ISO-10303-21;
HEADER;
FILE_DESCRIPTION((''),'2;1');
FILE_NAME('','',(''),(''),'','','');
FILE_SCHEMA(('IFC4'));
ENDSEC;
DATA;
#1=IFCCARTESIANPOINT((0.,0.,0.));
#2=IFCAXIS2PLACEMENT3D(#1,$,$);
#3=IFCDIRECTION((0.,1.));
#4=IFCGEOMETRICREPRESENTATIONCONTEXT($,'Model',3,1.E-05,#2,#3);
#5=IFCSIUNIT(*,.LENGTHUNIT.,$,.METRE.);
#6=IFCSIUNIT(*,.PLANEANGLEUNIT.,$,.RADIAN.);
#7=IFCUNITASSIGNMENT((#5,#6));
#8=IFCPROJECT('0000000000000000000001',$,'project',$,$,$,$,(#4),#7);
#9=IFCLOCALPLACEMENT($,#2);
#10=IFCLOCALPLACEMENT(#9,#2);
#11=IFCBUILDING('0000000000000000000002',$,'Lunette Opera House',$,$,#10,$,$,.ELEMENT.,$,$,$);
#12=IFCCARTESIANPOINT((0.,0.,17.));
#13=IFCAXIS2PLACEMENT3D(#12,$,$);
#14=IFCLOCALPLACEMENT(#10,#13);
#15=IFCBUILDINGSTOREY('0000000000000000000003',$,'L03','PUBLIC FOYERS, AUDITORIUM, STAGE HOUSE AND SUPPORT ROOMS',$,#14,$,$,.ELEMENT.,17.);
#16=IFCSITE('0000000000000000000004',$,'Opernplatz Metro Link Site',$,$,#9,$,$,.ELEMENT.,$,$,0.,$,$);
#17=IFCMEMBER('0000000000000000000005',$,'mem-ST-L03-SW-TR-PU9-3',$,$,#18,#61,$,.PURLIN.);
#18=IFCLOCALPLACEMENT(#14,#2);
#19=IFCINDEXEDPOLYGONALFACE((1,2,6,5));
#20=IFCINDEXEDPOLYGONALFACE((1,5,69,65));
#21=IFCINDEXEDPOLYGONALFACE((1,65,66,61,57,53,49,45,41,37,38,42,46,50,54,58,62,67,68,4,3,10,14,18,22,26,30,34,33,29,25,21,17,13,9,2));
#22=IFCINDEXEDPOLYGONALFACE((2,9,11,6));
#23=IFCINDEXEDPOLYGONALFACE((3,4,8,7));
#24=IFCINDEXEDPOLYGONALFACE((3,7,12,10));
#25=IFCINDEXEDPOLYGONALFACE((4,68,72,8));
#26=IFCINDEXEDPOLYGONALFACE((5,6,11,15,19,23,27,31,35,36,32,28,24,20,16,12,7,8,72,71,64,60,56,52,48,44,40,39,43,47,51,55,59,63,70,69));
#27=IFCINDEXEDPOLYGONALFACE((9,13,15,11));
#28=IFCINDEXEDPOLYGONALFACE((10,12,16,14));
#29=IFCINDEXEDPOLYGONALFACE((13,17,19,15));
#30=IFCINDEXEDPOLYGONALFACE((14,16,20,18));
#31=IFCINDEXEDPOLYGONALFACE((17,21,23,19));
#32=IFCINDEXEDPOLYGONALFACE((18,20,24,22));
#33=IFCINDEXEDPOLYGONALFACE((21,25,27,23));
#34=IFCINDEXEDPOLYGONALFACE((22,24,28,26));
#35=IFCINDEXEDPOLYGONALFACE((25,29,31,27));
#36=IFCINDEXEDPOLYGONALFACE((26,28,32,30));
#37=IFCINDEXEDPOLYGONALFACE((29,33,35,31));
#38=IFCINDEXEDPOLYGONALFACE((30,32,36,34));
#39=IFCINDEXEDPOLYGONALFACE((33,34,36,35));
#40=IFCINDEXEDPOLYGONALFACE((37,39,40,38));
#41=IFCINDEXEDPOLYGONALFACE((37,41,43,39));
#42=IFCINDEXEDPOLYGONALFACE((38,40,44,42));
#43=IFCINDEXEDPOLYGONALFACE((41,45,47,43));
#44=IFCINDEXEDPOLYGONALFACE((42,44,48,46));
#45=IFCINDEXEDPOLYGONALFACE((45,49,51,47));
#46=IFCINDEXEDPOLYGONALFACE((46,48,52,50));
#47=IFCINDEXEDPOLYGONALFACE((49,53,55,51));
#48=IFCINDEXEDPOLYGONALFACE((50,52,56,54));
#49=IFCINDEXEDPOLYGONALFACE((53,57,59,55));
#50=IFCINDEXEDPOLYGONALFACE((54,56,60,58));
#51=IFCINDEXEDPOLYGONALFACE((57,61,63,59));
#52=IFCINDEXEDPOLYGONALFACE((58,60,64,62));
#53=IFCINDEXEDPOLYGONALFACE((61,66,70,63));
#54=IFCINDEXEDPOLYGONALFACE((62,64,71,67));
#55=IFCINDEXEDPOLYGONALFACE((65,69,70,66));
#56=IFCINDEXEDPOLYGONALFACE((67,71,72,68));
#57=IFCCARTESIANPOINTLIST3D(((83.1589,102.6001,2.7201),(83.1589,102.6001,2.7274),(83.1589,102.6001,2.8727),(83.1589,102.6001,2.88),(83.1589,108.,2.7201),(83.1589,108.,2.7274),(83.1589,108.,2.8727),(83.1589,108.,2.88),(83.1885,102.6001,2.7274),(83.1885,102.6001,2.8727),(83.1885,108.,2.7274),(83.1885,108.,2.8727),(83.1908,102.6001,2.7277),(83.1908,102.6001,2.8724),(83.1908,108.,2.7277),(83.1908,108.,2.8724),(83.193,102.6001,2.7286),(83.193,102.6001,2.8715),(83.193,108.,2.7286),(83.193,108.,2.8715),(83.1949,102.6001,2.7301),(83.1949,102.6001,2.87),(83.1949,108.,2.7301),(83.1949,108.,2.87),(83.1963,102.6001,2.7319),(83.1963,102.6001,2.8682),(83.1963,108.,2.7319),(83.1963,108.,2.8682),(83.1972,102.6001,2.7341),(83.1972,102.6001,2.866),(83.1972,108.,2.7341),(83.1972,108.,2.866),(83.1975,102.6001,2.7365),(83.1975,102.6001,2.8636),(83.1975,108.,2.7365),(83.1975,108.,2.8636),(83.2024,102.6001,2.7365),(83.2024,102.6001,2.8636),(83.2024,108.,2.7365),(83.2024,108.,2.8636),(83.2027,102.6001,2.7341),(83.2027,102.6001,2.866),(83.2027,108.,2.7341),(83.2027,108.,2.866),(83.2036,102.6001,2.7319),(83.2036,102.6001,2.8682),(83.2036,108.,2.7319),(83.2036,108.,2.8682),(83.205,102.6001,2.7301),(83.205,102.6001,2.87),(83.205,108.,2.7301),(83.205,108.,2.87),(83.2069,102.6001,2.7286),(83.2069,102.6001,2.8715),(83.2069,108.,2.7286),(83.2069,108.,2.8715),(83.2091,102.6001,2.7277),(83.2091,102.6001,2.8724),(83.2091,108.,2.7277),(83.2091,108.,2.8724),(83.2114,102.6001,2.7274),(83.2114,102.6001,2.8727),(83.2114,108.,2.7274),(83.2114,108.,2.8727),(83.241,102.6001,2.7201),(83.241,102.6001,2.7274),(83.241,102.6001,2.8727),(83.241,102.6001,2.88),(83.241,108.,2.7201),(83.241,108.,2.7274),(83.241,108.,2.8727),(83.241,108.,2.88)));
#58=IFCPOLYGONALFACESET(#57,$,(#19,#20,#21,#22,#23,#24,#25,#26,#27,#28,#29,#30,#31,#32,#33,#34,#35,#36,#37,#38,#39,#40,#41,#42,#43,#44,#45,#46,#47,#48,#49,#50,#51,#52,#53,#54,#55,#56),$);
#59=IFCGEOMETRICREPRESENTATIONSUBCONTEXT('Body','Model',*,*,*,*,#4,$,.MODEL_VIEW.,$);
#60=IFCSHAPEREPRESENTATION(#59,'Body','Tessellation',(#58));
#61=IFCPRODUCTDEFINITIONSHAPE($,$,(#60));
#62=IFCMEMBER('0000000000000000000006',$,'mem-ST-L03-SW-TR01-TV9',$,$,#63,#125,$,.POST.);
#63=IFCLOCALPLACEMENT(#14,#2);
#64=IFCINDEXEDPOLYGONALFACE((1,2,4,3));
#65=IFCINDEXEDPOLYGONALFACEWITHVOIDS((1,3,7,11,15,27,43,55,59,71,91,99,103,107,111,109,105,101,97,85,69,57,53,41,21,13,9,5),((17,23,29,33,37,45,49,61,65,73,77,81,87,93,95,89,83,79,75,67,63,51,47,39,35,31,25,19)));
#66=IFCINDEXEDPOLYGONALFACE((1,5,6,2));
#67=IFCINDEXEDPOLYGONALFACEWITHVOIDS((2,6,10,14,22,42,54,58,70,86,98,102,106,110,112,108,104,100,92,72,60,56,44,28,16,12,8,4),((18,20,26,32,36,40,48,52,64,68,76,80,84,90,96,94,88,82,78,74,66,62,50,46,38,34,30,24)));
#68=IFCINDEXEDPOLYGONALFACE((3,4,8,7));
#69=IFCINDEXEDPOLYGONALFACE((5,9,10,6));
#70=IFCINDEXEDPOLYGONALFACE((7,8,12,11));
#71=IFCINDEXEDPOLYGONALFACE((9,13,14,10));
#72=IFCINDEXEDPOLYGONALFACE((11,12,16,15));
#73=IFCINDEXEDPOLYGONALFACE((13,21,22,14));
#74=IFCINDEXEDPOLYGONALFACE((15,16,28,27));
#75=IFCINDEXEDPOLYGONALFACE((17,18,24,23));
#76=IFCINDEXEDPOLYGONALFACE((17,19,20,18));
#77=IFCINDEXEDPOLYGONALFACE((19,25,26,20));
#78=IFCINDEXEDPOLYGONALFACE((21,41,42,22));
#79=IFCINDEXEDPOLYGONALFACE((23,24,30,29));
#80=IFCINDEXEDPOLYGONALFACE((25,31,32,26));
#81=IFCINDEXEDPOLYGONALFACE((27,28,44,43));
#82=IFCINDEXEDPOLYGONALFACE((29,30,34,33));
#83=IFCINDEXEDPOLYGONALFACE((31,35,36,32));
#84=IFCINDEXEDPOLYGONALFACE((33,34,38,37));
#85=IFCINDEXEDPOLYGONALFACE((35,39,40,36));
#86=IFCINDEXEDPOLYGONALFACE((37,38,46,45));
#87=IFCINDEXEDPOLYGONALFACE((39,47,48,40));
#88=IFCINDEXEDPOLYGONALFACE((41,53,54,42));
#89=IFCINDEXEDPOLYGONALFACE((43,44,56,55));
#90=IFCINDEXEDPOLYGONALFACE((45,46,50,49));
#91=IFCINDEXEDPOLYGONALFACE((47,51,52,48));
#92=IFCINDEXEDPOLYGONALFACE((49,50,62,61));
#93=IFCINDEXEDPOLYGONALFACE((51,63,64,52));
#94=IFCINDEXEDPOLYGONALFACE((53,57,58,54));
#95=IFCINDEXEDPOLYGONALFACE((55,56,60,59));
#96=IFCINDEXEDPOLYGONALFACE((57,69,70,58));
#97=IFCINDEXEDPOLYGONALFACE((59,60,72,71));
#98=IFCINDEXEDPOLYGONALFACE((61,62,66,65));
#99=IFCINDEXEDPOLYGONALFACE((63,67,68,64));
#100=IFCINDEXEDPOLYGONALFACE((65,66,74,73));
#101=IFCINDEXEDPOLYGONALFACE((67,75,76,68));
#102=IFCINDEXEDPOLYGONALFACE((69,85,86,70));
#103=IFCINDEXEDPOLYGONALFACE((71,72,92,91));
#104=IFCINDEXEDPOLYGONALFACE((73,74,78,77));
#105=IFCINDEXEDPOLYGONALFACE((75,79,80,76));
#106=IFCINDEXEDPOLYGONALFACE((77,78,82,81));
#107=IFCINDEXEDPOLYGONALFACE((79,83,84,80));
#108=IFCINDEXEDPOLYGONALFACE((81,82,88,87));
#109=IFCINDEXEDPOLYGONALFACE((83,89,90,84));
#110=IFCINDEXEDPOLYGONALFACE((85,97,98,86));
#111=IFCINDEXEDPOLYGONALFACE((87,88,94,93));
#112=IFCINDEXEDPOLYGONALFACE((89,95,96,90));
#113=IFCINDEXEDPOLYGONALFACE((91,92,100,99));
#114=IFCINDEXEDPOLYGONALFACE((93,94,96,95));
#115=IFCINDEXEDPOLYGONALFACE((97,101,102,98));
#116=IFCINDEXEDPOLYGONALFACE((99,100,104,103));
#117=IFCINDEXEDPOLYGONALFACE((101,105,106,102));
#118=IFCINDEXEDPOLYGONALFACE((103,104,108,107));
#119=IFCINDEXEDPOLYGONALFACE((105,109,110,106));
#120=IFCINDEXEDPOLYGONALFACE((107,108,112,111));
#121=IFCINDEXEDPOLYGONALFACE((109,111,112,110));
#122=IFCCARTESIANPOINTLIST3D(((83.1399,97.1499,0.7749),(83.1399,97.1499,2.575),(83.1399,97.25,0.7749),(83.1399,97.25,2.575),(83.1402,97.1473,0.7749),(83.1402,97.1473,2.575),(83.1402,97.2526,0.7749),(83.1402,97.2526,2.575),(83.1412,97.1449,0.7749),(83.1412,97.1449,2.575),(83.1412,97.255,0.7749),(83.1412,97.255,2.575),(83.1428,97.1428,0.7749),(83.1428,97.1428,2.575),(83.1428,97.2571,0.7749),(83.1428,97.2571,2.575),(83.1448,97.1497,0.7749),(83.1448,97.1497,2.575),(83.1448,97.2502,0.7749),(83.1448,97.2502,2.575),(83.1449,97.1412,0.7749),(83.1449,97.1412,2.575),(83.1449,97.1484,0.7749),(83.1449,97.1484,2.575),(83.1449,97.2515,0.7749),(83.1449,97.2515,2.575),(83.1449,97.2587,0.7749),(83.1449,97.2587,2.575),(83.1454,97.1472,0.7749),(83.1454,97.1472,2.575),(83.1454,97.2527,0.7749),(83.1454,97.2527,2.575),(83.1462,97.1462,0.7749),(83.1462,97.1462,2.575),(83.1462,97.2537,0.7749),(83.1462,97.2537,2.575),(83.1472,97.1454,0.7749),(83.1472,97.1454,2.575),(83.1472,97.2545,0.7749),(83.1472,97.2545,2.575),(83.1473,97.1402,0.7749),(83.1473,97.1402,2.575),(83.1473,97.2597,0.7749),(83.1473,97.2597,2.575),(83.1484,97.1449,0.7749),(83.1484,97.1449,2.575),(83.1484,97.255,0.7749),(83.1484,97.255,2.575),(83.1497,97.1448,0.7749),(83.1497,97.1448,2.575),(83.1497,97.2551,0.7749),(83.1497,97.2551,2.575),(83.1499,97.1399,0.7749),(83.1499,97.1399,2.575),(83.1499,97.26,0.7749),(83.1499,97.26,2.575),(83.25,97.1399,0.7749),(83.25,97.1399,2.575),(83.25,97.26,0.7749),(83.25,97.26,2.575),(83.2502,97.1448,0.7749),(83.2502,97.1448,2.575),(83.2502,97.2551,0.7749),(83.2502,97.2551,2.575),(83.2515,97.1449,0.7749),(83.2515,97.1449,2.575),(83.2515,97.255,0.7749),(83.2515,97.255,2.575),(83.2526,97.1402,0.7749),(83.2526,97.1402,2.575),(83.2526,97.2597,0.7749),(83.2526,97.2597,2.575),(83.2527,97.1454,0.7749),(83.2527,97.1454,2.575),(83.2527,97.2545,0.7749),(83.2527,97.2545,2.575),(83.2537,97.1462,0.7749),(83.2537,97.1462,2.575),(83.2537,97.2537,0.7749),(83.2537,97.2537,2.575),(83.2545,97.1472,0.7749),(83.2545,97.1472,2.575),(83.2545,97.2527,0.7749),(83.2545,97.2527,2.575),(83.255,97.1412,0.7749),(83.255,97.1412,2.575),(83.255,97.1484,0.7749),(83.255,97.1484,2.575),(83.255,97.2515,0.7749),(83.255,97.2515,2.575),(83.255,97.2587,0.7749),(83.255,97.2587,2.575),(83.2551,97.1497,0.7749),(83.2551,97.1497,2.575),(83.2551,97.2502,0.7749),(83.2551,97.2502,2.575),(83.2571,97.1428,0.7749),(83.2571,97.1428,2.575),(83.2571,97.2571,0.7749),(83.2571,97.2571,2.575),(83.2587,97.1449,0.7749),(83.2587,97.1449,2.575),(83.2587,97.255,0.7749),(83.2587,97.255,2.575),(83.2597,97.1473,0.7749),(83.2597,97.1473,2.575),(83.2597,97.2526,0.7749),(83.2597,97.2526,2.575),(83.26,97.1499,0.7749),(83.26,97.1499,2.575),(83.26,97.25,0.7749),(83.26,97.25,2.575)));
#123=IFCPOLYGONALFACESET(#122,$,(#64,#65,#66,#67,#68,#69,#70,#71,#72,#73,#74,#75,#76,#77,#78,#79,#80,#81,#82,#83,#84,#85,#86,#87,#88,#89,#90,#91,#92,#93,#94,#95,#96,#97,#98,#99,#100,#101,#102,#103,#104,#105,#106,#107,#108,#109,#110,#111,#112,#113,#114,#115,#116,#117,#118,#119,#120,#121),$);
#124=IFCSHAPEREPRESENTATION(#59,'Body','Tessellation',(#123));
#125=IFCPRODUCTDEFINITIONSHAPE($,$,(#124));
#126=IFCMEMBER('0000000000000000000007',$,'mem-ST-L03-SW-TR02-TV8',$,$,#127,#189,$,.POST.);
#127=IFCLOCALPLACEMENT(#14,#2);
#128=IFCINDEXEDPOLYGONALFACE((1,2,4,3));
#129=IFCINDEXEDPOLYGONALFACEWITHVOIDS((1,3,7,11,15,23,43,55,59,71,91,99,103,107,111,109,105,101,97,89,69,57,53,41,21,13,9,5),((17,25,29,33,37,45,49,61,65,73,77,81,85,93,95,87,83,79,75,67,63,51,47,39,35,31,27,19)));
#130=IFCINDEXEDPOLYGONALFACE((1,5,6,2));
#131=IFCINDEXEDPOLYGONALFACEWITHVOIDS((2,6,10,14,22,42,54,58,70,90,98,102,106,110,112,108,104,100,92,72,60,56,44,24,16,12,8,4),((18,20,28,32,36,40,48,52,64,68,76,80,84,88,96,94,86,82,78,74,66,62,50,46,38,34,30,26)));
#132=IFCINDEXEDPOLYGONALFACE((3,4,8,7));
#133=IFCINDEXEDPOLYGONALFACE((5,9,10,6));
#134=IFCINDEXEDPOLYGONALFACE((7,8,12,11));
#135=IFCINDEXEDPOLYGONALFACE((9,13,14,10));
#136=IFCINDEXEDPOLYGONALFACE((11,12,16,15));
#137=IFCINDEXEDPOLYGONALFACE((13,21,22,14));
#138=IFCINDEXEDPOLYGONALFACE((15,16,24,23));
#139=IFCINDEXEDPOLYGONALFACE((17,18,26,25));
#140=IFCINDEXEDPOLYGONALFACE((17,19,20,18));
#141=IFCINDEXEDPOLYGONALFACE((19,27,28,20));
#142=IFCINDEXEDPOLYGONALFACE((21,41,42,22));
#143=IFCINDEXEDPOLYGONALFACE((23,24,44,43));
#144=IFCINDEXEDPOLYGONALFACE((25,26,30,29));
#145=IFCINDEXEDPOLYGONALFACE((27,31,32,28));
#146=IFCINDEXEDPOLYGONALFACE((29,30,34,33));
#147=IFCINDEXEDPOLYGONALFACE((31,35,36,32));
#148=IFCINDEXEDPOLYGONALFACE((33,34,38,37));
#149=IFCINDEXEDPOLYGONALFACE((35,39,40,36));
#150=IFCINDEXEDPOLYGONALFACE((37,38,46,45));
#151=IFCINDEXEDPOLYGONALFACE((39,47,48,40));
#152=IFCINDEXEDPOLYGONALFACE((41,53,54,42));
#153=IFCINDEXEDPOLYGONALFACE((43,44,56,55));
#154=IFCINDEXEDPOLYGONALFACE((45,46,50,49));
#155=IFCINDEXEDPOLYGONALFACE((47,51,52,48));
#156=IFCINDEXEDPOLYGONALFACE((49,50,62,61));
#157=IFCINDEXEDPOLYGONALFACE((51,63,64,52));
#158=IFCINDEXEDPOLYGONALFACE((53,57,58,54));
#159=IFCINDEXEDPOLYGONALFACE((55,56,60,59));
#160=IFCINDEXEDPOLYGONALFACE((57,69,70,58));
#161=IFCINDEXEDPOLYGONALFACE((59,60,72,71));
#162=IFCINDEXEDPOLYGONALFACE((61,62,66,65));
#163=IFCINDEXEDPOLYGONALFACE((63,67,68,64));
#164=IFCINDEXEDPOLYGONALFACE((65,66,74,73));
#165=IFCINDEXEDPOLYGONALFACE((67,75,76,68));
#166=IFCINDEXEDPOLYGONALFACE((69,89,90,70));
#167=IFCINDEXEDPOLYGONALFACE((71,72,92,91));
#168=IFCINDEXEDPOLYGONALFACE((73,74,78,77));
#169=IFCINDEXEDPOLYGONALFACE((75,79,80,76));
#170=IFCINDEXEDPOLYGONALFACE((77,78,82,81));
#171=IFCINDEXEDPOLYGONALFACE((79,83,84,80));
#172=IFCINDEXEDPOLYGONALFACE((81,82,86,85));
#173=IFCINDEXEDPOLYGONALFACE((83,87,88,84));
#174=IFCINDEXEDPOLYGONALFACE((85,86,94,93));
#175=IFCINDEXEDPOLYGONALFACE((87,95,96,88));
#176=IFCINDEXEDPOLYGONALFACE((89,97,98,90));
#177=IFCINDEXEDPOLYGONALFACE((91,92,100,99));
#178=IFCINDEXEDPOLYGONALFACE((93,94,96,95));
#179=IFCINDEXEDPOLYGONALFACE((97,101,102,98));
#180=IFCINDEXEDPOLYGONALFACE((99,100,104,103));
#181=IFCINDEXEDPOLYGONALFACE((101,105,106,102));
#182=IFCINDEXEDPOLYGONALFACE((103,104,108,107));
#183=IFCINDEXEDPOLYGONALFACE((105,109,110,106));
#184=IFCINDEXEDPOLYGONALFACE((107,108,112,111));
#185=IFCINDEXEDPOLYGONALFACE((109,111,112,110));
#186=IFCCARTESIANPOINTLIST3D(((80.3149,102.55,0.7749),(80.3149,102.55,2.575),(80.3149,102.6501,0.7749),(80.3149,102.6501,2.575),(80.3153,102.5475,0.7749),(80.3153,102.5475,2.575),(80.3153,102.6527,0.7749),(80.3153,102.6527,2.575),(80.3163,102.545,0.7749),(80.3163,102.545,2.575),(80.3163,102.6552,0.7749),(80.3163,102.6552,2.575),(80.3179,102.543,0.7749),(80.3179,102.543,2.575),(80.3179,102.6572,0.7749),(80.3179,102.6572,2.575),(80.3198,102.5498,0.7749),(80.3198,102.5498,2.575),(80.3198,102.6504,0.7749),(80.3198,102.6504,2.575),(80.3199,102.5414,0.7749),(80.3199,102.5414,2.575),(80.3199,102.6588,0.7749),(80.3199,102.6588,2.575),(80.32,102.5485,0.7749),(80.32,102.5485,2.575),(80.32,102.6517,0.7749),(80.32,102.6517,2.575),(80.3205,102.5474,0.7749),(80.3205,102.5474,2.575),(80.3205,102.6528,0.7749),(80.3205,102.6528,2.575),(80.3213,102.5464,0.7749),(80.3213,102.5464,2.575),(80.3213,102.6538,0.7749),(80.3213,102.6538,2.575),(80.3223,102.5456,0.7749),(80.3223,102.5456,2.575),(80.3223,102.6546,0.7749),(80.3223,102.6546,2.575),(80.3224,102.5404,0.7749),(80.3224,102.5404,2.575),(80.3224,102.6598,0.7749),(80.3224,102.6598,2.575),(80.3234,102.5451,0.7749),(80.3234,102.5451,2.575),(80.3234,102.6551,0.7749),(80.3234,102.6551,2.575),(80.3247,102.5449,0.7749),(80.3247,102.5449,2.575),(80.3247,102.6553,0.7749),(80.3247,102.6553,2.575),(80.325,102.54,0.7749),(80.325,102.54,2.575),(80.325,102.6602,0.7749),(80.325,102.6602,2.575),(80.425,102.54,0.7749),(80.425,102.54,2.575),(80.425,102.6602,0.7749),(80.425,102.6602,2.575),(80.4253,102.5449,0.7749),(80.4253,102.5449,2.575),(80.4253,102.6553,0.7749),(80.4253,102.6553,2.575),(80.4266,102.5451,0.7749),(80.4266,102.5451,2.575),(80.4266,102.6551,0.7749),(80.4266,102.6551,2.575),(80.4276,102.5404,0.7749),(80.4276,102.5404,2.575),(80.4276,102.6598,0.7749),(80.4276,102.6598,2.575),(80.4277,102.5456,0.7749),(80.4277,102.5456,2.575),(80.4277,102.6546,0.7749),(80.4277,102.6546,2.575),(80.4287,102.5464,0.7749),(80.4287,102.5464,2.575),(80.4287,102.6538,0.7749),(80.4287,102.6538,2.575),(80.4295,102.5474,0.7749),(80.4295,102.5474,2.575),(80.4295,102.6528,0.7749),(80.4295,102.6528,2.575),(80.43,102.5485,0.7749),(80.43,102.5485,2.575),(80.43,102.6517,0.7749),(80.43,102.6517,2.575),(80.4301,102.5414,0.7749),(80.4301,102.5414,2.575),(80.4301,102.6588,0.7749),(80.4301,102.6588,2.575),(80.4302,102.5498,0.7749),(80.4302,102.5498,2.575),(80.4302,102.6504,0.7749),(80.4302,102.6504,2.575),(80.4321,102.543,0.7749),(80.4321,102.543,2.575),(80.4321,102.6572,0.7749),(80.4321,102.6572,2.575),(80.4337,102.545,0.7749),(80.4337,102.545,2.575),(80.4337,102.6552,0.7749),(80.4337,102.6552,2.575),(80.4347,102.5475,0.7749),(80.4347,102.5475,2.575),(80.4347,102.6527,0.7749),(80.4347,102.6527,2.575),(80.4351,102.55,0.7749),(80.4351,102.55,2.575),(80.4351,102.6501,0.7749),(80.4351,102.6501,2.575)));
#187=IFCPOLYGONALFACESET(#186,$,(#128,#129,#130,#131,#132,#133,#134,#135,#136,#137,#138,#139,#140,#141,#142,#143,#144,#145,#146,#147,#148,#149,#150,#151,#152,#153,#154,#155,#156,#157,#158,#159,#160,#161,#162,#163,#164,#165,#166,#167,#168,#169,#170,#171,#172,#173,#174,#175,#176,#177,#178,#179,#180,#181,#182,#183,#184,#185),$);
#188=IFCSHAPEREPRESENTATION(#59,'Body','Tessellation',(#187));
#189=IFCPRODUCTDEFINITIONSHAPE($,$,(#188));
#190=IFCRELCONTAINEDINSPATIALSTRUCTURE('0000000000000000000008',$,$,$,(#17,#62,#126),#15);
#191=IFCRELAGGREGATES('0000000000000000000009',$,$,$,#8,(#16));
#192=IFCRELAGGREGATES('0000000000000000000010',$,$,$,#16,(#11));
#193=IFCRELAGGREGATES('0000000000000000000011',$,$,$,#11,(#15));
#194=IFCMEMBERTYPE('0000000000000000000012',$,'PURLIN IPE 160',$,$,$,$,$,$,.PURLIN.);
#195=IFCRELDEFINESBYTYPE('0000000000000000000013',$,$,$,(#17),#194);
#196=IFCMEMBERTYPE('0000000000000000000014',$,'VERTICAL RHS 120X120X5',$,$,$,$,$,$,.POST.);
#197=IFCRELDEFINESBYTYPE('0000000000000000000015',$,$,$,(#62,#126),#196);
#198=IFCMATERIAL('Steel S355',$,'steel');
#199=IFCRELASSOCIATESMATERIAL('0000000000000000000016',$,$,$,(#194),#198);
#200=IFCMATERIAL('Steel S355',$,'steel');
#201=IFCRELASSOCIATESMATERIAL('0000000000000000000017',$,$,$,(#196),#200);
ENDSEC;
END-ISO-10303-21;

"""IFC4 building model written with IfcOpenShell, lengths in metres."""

from ifc_helpers import new_model, si_unit, direction, frame, origin, origin_2d, place, context, subcontext, project, spatial, hollow_rectangle, i_section, extrude, material, material_profile, profile_set, type_object, element, save


model = new_model("IFC4")

# Units and contexts
model_context = context("Model", 3, precision=1e-05, world=origin(), true_north=direction((0.0, 1.0)))
body_context = subcontext(model_context, "Body", "Model", "MODEL_VIEW")
ifc_project = project(units=[si_unit("LENGTHUNIT", "METRE"), si_unit("PLANEANGLEUNIT", "RADIAN")], contexts=[model_context])

# Site, building, storey
site_placement = place(None, origin())
site = spatial("IfcSite", under=ifc_project, at=site_placement, Name="Opernplatz Metro Link Site", CompositionType="ELEMENT", RefElevation=0.0)
building_placement = place(site_placement, origin())
building = spatial("IfcBuilding", under=site, at=building_placement, Name="Lunette Opera House", CompositionType="ELEMENT")
storey_placement = place(building_placement, frame((0.0, 0.0, 17.0)))
storey = spatial("IfcBuildingStorey", under=building, at=storey_placement, Name="L03", Description="PUBLIC FOYERS, AUDITORIUM, STAGE HOUSE AND SUPPORT ROOMS", CompositionType="ELEMENT", Elevation=17.0)

# Members
ifc_material_1 = material(Name="Steel S355", Category="steel")
ifc_material_profile_1 = material_profile(ifc_material_1, i_section(OverallWidth=0.082, OverallDepth=0.1599, WebThickness=0.0049, FlangeThickness=0.0073, FilletRadius=0.009, at=origin_2d()), Name="IPE 160")
ifc_profile_set_1 = profile_set([ifc_material_profile_1], Name="Steel S355")
member_type_1 = type_object("IfcMemberType", Name="PURLIN IPE 160", PredefinedType="PURLIN", material=ifc_profile_set_1)
member_1_placement = place(storey_placement, frame((83.2, 102.6001, 2.8), z_axis=(0.0, 1.0, 0.0), x_axis=(-1.0, 0.0, 0.0)))
element("IfcMember", 1, at=member_1_placement, inside=storey, type_object=member_type_1, Name="mem-ST-L03-SW-TR-PU9-3", PredefinedType="PURLIN", context=body_context, shape_type="SweptSolid", body=[
    extrude(i_section(OverallWidth=0.082, OverallDepth=0.1599, WebThickness=0.0049, FlangeThickness=0.0073, FilletRadius=0.009, at=origin_2d()), origin(), (0.0, 0.0, 1.0), 5.3999),
])
ifc_material_2 = material(Name="Steel S355", Category="steel")
ifc_material_profile_2 = material_profile(ifc_material_2, hollow_rectangle(XDim=0.1201, YDim=0.1201, WallThickness=0.0049, InnerFilletRadius=0.0049, OuterFilletRadius=0.01, at=origin_2d()), Name="RHS 120X120X5")
ifc_profile_set_2 = profile_set([ifc_material_profile_2], Name="Steel S355")
member_type_2 = type_object("IfcMemberType", Name="VERTICAL RHS 120X120X5", PredefinedType="POST", material=ifc_profile_set_2)
for number, where, z_axis, x_axis, name in (
    (2, (83.2, 97.2, 0.7749), (0.0, 0.0, 1.0), (1.0, 0.0, 0.0), "mem-ST-L03-SW-TR01-TV9"),
    (3, (80.375, 102.6001, 0.7749), (0.0, 0.0, 1.0), (1.0, 0.0, 0.0), "mem-ST-L03-SW-TR02-TV8"),
):
    element("IfcMember", number, at=place(storey_placement, frame(where, z_axis=z_axis, x_axis=x_axis)), inside=storey, type_object=member_type_2, Name=name, PredefinedType="POST", context=body_context, shape_type="SweptSolid", body=[
        extrude(hollow_rectangle(XDim=0.1201, YDim=0.1201, WallThickness=0.0049, InnerFilletRadius=0.0049, OuterFilletRadius=0.01, at=origin_2d()), origin(), (0.0, 0.0, 1.0), 1.8),
    ])

save(model, "model.ifc")
